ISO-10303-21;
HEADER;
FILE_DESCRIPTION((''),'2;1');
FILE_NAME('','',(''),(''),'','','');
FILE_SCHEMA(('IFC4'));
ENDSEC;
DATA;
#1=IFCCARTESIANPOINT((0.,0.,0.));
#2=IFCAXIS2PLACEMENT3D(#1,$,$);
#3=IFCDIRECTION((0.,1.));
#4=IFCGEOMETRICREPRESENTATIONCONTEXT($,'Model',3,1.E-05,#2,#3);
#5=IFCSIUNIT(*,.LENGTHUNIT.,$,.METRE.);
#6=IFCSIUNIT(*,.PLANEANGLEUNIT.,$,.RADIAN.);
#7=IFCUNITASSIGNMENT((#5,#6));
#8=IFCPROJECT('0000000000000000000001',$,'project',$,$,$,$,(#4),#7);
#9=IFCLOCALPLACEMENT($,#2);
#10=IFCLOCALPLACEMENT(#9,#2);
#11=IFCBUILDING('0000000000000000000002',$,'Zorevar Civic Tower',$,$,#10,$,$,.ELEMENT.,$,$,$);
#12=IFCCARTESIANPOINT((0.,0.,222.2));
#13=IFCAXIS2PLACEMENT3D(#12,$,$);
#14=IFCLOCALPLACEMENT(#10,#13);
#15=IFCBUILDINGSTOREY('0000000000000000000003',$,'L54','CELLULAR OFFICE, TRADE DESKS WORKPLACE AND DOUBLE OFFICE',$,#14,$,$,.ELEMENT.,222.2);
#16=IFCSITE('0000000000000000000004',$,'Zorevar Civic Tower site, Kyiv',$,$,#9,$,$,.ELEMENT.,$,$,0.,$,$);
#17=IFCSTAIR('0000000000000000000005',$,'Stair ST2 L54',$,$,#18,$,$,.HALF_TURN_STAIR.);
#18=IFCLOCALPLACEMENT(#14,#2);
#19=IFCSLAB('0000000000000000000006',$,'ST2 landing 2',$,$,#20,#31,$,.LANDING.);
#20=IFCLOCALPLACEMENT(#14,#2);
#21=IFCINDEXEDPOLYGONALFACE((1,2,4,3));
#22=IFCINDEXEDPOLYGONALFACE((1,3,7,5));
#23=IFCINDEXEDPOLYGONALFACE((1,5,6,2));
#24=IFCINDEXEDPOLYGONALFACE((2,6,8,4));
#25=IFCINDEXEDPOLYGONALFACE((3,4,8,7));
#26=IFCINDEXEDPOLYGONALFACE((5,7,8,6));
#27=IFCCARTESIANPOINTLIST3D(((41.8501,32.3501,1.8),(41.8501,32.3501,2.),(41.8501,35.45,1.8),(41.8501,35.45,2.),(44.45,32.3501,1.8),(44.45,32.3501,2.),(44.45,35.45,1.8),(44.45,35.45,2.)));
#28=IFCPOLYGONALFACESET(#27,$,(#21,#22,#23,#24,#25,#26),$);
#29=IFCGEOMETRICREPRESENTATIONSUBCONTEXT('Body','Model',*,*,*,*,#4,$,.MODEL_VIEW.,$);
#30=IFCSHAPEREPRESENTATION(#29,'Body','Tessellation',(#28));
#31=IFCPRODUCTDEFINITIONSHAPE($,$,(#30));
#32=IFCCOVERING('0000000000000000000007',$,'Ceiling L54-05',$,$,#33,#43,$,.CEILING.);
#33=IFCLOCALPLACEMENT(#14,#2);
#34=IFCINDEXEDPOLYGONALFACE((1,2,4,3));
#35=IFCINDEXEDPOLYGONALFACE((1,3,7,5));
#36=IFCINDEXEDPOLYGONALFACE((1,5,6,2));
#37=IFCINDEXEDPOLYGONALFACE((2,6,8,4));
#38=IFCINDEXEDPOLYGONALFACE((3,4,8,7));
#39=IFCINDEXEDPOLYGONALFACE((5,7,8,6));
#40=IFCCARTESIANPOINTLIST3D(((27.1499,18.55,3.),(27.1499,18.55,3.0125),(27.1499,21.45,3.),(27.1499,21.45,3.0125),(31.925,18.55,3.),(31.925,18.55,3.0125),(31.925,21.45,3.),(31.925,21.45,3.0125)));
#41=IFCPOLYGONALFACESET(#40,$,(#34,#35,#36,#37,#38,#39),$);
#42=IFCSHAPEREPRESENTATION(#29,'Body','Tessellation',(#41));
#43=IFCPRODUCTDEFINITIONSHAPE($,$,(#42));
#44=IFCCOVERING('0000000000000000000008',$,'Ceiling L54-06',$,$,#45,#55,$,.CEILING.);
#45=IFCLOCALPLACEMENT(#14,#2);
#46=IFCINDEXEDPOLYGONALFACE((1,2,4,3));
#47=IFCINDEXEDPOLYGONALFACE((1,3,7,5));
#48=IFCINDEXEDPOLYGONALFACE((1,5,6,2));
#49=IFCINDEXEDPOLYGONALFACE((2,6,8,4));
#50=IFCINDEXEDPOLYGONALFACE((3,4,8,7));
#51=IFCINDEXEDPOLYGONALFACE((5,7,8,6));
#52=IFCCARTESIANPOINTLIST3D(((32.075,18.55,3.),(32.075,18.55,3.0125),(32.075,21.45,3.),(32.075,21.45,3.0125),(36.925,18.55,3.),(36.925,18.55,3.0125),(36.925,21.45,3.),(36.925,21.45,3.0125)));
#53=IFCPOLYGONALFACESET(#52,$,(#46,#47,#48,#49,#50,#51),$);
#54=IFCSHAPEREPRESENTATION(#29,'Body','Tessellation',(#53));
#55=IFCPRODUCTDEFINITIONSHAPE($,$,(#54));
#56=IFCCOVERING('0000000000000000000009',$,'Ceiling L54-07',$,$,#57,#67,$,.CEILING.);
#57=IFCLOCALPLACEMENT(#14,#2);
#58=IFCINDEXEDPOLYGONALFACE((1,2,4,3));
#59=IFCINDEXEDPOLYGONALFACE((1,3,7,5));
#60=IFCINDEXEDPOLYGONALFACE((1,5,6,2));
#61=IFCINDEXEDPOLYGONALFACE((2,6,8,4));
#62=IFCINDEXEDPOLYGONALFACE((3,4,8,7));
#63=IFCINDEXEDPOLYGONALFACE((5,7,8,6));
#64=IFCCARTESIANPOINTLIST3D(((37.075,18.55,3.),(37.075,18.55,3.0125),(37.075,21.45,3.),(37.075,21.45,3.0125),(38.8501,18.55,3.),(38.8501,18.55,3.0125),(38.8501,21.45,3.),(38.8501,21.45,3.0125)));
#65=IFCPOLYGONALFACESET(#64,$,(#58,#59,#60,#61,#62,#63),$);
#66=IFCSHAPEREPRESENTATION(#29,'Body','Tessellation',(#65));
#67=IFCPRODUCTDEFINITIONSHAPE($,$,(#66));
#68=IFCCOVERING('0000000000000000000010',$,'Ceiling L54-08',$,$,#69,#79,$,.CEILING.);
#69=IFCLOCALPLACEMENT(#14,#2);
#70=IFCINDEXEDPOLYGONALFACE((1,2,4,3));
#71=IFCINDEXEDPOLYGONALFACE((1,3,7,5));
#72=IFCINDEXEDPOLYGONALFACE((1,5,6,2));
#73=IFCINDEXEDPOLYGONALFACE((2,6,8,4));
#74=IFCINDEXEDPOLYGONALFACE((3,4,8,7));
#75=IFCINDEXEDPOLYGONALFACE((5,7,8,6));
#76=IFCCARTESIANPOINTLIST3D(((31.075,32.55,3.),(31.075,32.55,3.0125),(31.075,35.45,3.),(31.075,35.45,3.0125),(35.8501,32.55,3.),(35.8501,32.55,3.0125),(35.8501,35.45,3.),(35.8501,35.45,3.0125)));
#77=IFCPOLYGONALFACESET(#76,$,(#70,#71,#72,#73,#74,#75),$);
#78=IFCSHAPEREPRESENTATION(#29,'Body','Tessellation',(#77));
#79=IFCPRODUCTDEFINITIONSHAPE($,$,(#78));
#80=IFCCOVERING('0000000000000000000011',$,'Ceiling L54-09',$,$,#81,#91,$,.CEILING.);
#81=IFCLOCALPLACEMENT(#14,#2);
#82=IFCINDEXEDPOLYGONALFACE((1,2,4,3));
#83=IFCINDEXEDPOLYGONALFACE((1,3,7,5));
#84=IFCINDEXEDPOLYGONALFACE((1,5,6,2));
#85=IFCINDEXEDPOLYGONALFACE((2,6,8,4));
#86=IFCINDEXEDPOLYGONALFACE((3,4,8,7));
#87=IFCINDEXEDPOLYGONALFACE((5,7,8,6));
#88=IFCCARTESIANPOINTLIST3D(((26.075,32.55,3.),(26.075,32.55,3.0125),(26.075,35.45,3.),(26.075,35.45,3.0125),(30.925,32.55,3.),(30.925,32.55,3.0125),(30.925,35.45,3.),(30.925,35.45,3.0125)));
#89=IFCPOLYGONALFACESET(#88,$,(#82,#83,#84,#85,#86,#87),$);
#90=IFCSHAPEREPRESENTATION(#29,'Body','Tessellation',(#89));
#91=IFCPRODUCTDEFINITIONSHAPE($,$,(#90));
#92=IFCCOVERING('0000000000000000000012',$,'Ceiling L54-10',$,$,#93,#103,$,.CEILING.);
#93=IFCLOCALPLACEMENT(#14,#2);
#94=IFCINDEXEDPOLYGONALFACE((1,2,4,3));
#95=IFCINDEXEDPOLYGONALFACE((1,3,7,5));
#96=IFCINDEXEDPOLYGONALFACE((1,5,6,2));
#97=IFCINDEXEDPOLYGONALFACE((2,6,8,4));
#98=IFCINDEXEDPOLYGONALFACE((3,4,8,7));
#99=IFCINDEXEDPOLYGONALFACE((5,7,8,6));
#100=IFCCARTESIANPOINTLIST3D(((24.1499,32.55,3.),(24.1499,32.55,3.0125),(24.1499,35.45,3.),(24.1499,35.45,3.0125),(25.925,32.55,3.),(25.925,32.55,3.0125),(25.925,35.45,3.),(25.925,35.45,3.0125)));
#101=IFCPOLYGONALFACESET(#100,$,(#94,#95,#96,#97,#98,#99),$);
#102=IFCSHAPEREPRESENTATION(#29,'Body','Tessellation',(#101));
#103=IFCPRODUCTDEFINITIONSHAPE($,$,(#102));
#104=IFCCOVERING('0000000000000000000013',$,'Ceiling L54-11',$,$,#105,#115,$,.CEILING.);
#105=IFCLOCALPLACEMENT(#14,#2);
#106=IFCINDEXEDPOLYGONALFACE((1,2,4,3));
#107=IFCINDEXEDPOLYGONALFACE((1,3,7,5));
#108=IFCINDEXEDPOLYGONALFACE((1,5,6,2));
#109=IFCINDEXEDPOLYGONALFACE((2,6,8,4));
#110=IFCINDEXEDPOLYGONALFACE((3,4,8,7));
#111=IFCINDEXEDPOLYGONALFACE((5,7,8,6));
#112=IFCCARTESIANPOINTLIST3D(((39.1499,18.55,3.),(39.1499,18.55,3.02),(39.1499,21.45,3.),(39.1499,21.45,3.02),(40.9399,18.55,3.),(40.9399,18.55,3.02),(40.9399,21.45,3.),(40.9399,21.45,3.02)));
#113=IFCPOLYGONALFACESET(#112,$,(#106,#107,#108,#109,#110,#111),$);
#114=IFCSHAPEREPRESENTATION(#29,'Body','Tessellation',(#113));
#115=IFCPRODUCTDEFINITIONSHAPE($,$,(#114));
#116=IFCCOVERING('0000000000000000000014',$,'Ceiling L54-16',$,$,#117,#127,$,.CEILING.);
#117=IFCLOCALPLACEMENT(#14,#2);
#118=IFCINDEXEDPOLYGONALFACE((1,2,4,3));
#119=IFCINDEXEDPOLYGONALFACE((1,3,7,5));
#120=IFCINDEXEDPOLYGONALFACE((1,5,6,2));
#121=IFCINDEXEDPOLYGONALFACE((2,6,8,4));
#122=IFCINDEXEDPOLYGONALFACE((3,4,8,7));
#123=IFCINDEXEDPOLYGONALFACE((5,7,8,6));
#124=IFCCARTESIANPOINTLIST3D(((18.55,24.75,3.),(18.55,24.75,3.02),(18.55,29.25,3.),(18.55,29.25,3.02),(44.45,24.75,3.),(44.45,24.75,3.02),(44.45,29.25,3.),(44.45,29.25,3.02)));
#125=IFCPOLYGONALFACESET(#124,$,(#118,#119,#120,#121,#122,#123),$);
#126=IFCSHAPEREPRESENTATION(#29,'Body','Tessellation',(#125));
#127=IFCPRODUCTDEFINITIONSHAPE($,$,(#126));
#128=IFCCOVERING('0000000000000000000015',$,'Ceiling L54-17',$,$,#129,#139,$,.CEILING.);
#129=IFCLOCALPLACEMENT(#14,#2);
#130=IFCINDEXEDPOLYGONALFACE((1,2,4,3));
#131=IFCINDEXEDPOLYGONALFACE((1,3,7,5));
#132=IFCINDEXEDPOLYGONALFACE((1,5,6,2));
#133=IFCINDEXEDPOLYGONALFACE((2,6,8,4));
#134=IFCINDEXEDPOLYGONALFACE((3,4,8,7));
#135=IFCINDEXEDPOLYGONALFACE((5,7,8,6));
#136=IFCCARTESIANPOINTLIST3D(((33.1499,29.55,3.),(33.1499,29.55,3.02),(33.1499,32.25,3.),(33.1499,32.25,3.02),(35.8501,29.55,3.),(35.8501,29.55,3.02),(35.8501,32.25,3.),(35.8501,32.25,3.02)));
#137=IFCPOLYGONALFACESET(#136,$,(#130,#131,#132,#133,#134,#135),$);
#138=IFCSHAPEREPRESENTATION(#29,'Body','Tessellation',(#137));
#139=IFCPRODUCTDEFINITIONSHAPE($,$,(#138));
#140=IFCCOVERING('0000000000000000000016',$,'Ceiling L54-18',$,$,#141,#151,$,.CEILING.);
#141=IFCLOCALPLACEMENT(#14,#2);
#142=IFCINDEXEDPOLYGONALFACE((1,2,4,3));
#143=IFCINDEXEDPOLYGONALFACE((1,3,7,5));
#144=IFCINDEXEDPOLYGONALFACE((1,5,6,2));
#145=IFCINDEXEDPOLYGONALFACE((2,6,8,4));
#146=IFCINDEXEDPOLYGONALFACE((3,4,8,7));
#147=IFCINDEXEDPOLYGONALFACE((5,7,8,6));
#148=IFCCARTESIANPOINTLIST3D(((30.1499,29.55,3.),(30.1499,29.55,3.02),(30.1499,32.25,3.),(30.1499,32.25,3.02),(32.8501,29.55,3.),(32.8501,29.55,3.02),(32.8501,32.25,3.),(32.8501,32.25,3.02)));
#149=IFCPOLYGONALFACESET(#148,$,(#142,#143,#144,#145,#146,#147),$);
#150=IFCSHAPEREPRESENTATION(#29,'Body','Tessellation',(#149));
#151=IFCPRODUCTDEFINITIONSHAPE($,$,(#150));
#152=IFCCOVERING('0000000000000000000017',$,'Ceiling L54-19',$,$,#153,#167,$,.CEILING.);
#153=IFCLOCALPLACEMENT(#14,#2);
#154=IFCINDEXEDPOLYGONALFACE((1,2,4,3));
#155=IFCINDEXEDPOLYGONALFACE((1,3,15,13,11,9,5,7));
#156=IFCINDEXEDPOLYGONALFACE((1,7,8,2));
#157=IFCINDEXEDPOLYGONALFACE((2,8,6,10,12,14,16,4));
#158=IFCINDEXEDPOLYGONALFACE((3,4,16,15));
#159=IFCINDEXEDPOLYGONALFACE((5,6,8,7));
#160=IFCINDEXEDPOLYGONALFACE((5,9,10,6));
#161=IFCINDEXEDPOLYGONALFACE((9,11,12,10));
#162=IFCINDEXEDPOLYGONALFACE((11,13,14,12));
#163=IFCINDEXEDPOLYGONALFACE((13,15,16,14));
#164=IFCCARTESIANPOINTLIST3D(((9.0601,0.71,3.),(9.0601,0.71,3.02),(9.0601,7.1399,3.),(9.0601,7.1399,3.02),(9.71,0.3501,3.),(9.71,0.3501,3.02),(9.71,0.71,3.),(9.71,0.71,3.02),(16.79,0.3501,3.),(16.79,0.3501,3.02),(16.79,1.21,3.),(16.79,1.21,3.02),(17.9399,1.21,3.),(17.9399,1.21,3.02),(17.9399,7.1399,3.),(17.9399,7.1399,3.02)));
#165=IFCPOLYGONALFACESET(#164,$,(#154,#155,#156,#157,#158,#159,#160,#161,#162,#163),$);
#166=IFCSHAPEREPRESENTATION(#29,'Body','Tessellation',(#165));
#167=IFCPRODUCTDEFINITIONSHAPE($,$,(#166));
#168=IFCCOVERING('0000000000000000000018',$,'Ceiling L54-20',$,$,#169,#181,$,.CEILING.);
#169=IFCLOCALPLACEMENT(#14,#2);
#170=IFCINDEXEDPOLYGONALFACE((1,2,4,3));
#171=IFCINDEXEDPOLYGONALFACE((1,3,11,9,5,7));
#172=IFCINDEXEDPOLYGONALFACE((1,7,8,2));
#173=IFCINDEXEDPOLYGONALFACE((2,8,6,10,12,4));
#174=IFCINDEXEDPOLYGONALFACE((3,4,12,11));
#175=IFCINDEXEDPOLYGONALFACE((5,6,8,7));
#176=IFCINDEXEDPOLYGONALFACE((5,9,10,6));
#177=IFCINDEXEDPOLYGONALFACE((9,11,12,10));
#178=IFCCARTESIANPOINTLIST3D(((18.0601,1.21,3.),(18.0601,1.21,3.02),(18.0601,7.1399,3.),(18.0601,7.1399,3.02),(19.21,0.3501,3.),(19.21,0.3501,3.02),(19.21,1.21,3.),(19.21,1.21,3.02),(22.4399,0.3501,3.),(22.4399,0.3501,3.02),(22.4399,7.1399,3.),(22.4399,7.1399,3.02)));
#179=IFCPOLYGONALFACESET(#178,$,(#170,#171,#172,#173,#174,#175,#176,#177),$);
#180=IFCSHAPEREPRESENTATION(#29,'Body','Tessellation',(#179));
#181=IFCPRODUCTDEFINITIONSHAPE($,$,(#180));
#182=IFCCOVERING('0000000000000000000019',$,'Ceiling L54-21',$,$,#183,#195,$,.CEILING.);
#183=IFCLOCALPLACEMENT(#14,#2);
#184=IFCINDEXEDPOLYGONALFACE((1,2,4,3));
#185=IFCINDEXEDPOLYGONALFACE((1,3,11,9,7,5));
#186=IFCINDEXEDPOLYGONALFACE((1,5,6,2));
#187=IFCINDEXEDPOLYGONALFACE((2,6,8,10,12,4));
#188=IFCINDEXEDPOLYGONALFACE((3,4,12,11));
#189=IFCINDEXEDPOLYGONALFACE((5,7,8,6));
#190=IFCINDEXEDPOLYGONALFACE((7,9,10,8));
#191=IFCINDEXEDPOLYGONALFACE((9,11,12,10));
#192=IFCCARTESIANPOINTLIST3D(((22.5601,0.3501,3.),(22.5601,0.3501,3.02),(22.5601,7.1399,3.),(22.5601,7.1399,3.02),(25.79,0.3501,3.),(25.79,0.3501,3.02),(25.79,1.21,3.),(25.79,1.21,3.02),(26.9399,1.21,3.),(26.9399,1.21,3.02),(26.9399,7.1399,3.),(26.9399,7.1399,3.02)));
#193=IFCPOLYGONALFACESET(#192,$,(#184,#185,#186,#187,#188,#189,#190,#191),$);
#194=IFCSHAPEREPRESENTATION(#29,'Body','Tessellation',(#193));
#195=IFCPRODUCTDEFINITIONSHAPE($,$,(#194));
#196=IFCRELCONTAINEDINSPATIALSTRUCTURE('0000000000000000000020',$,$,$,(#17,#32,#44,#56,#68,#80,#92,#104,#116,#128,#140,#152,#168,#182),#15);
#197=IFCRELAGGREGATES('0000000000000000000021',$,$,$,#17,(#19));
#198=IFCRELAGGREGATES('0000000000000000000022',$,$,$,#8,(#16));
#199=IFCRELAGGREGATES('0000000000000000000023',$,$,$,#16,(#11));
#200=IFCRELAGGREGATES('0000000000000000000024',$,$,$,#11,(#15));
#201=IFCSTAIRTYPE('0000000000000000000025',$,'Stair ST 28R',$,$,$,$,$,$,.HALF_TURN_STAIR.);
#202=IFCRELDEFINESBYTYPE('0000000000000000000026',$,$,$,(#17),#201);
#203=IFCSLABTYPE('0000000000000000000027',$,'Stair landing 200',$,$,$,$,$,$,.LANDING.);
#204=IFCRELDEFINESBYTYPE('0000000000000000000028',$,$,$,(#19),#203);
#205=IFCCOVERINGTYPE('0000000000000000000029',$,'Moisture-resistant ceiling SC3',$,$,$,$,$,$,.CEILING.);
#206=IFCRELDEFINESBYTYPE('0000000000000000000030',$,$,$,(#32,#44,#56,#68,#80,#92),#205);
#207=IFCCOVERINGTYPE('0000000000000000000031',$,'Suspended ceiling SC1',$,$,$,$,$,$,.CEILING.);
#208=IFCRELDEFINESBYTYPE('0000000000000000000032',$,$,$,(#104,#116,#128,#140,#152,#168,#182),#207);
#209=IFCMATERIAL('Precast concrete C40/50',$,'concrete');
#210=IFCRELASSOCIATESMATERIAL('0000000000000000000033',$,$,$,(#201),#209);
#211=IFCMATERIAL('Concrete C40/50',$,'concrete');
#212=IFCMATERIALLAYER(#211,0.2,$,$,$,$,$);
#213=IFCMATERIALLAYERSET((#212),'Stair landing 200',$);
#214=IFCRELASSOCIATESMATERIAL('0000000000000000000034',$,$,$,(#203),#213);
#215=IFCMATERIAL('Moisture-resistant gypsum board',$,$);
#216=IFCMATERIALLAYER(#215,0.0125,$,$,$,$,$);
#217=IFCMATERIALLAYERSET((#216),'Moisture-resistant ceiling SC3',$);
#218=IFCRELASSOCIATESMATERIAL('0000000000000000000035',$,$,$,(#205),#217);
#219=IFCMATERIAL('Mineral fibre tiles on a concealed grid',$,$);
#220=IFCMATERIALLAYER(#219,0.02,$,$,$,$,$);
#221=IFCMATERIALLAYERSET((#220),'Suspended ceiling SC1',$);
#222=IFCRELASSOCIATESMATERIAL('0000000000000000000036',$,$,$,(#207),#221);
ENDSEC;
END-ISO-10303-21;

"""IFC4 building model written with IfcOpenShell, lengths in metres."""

from ifc_helpers import new_model, si_unit, direction, frame, origin, place, context, subcontext, project, spatial, polyline, outline, extrude, material, layer, layer_set, type_object, element, aggregate, save


model = new_model("IFC4")

# Units and contexts
model_context = context("Model", 3, precision=1e-05, world=origin(), true_north=direction((0.0, 1.0)))
body_context = subcontext(model_context, "Body", "Model", "MODEL_VIEW")
ifc_project = project(units=[si_unit("LENGTHUNIT", "METRE"), si_unit("PLANEANGLEUNIT", "RADIAN")], contexts=[model_context])

# Site, building, storey
site_placement = place(None, origin())
site = spatial("IfcSite", under=ifc_project, at=site_placement, Name="Zorevar Civic Tower site, Kyiv", CompositionType="ELEMENT", RefElevation=0.0)
building_placement = place(site_placement, origin())
building = spatial("IfcBuilding", under=site, at=building_placement, Name="Zorevar Civic Tower", CompositionType="ELEMENT")
storey_placement = place(building_placement, frame((0.0, 0.0, 222.2)))
storey = spatial("IfcBuildingStorey", under=building, at=storey_placement, Name="L54", Description="CELLULAR OFFICE, TRADE DESKS WORKPLACE AND DOUBLE OFFICE", CompositionType="ELEMENT", Elevation=222.2)

# Stair, slab
ifc_material_1 = material(Name="Precast concrete C40/50", Category="concrete")
stair_type = type_object("IfcStairType", Name="Stair ST 28R", PredefinedType="HALF_TURN_STAIR", material=ifc_material_1)
ifc_material_2 = material(Name="Concrete C40/50", Category="concrete")
ifc_layer_1 = layer(ifc_material_2, 0.2)
ifc_layer_set_1 = layer_set([ifc_layer_1], Name="Stair landing 200")
slab_type_1 = type_object("IfcSlabType", Name="Stair landing 200", PredefinedType="LANDING", material=ifc_layer_set_1)
stair_1_placement = place(storey_placement, origin())
stair_1 = element("IfcStair", 1, at=stair_1_placement, inside=storey, type_object=stair_type, Name="Stair ST2 L54", PredefinedType="HALF_TURN_STAIR")
slab_1_placement = place(storey_placement, frame((0.0, 0.0, 1.8)))
slab_1 = element("IfcSlab", 2, at=slab_1_placement, type_object=slab_type_1, Name="ST2 landing 2", PredefinedType="LANDING", context=body_context, shape_type="SweptSolid", body=[
    extrude(outline(polyline([(44.45, 32.3501), (41.8501, 32.3501), (41.8501, 35.45), (44.45, 35.45), (44.45, 32.3501)])), origin(), (0.0, 0.0, 1.0), 0.2),
])
aggregate(stair_1, [slab_1])

# Coverings
ifc_material_3 = material(Name="Moisture-resistant gypsum board")
ifc_layer_2 = layer(ifc_material_3, 0.0125)
ifc_layer_set_2 = layer_set([ifc_layer_2], Name="Moisture-resistant ceiling SC3")
covering_type_1 = type_object("IfcCoveringType", Name="Moisture-resistant ceiling SC3", PredefinedType="CEILING", material=ifc_layer_set_2)
covering_1_placement = place(storey_placement, frame((0.0, 0.0, 3.0)))
element("IfcCovering", 3, at=covering_1_placement, inside=storey, type_object=covering_type_1, Name="Ceiling L54-05", PredefinedType="CEILING", context=body_context, shape_type="SweptSolid", body=[
    extrude(outline(polyline([(31.925, 18.55), (31.925, 21.45), (27.1499, 21.45), (27.1499, 18.55), (31.925, 18.55)])), origin(), (0.0, 0.0, 1.0), 0.0125),
])
covering_2_placement = place(storey_placement, frame((0.0, 0.0, 3.0)))
element("IfcCovering", 4, at=covering_2_placement, inside=storey, type_object=covering_type_1, Name="Ceiling L54-06", PredefinedType="CEILING", context=body_context, shape_type="SweptSolid", body=[
    extrude(outline(polyline([(36.925, 18.55), (36.925, 21.45), (32.075, 21.45), (32.075, 18.55), (36.925, 18.55)])), origin(), (0.0, 0.0, 1.0), 0.0125),
])
covering_3_placement = place(storey_placement, frame((0.0, 0.0, 3.0)))
element("IfcCovering", 5, at=covering_3_placement, inside=storey, type_object=covering_type_1, Name="Ceiling L54-07", PredefinedType="CEILING", context=body_context, shape_type="SweptSolid", body=[
    extrude(outline(polyline([(38.8501, 18.55), (38.8501, 21.45), (37.075, 21.45), (37.075, 18.55), (38.8501, 18.55)])), origin(), (0.0, 0.0, 1.0), 0.0125),
])
covering_4_placement = place(storey_placement, frame((0.0, 0.0, 3.0)))
element("IfcCovering", 6, at=covering_4_placement, inside=storey, type_object=covering_type_1, Name="Ceiling L54-08", PredefinedType="CEILING", context=body_context, shape_type="SweptSolid", body=[
    extrude(outline(polyline([(35.8501, 32.55), (35.8501, 35.45), (31.075, 35.45), (31.075, 32.55), (35.8501, 32.55)])), origin(), (0.0, 0.0, 1.0), 0.0125),
])
covering_5_placement = place(storey_placement, frame((0.0, 0.0, 3.0)))
element("IfcCovering", 7, at=covering_5_placement, inside=storey, type_object=covering_type_1, Name="Ceiling L54-09", PredefinedType="CEILING", context=body_context, shape_type="SweptSolid", body=[
    extrude(outline(polyline([(30.925, 32.55), (30.925, 35.45), (26.075, 35.45), (26.075, 32.55), (30.925, 32.55)])), origin(), (0.0, 0.0, 1.0), 0.0125),
])
covering_6_placement = place(storey_placement, frame((0.0, 0.0, 3.0)))
element("IfcCovering", 8, at=covering_6_placement, inside=storey, type_object=covering_type_1, Name="Ceiling L54-10", PredefinedType="CEILING", context=body_context, shape_type="SweptSolid", body=[
    extrude(outline(polyline([(25.925, 32.55), (25.925, 35.45), (24.1499, 35.45), (24.1499, 32.55), (25.925, 32.55)])), origin(), (0.0, 0.0, 1.0), 0.0125),
])
ifc_material_4 = material(Name="Mineral fibre tiles on a concealed grid")
ifc_layer_3 = layer(ifc_material_4, 0.02)
ifc_layer_set_3 = layer_set([ifc_layer_3], Name="Suspended ceiling SC1")
covering_type_2 = type_object("IfcCoveringType", Name="Suspended ceiling SC1", PredefinedType="CEILING", material=ifc_layer_set_3)
covering_7_placement = place(storey_placement, frame((0.0, 0.0, 3.0)))
element("IfcCovering", 9, at=covering_7_placement, inside=storey, type_object=covering_type_2, Name="Ceiling L54-11", PredefinedType="CEILING", context=body_context, shape_type="SweptSolid", body=[
    extrude(outline(polyline([(40.9399, 18.55), (40.9399, 21.45), (39.1499, 21.45), (39.1499, 18.55), (40.9399, 18.55)])), origin(), (0.0, 0.0, 1.0), 0.02),
])
covering_8_placement = place(storey_placement, frame((0.0, 0.0, 3.0)))
element("IfcCovering", 10, at=covering_8_placement, inside=storey, type_object=covering_type_2, Name="Ceiling L54-16", PredefinedType="CEILING", context=body_context, shape_type="SweptSolid", body=[
    extrude(outline(polyline([(44.45, 24.75), (44.45, 29.25), (18.55, 29.25), (18.55, 24.75), (44.45, 24.75)])), origin(), (0.0, 0.0, 1.0), 0.02),
])
covering_9_placement = place(storey_placement, frame((0.0, 0.0, 3.0)))
element("IfcCovering", 11, at=covering_9_placement, inside=storey, type_object=covering_type_2, Name="Ceiling L54-17", PredefinedType="CEILING", context=body_context, shape_type="SweptSolid", body=[
    extrude(outline(polyline([(35.8501, 29.55), (35.8501, 32.25), (33.1499, 32.25), (33.1499, 29.55), (35.8501, 29.55)])), origin(), (0.0, 0.0, 1.0), 0.02),
])
covering_10_placement = place(storey_placement, frame((0.0, 0.0, 3.0)))
element("IfcCovering", 12, at=covering_10_placement, inside=storey, type_object=covering_type_2, Name="Ceiling L54-18", PredefinedType="CEILING", context=body_context, shape_type="SweptSolid", body=[
    extrude(outline(polyline([(32.8501, 29.55), (32.8501, 32.25), (30.1499, 32.25), (30.1499, 29.55), (32.8501, 29.55)])), origin(), (0.0, 0.0, 1.0), 0.02),
])
covering_11_placement = place(storey_placement, frame((0.0, 0.0, 3.0)))
element("IfcCovering", 13, at=covering_11_placement, inside=storey, type_object=covering_type_2, Name="Ceiling L54-19", PredefinedType="CEILING", context=body_context, shape_type="SweptSolid", body=[
    extrude(outline(polyline([(9.71, 0.3501), (9.71, 0.71), (9.0601, 0.71), (9.0601, 7.1399), (17.9399, 7.1399), (17.9399, 1.21), (16.79, 1.21), (16.79, 0.3501), (9.71, 0.3501)])), origin(), (0.0, 0.0, 1.0), 0.02),
])
covering_12_placement = place(storey_placement, frame((0.0, 0.0, 3.0)))
element("IfcCovering", 14, at=covering_12_placement, inside=storey, type_object=covering_type_2, Name="Ceiling L54-20", PredefinedType="CEILING", context=body_context, shape_type="SweptSolid", body=[
    extrude(outline(polyline([(22.4399, 7.1399), (22.4399, 0.3501), (19.21, 0.3501), (19.21, 1.21), (18.0601, 1.21), (18.0601, 7.1399), (22.4399, 7.1399)])), origin(), (0.0, 0.0, 1.0), 0.02),
])
covering_13_placement = place(storey_placement, frame((0.0, 0.0, 3.0)))
element("IfcCovering", 15, at=covering_13_placement, inside=storey, type_object=covering_type_2, Name="Ceiling L54-21", PredefinedType="CEILING", context=body_context, shape_type="SweptSolid", body=[
    extrude(outline(polyline([(26.9399, 7.1399), (26.9399, 1.21), (25.79, 1.21), (25.79, 0.3501), (22.5601, 0.3501), (22.5601, 7.1399), (26.9399, 7.1399)])), origin(), (0.0, 0.0, 1.0), 0.02),
])

save(model, "model.ifc")
